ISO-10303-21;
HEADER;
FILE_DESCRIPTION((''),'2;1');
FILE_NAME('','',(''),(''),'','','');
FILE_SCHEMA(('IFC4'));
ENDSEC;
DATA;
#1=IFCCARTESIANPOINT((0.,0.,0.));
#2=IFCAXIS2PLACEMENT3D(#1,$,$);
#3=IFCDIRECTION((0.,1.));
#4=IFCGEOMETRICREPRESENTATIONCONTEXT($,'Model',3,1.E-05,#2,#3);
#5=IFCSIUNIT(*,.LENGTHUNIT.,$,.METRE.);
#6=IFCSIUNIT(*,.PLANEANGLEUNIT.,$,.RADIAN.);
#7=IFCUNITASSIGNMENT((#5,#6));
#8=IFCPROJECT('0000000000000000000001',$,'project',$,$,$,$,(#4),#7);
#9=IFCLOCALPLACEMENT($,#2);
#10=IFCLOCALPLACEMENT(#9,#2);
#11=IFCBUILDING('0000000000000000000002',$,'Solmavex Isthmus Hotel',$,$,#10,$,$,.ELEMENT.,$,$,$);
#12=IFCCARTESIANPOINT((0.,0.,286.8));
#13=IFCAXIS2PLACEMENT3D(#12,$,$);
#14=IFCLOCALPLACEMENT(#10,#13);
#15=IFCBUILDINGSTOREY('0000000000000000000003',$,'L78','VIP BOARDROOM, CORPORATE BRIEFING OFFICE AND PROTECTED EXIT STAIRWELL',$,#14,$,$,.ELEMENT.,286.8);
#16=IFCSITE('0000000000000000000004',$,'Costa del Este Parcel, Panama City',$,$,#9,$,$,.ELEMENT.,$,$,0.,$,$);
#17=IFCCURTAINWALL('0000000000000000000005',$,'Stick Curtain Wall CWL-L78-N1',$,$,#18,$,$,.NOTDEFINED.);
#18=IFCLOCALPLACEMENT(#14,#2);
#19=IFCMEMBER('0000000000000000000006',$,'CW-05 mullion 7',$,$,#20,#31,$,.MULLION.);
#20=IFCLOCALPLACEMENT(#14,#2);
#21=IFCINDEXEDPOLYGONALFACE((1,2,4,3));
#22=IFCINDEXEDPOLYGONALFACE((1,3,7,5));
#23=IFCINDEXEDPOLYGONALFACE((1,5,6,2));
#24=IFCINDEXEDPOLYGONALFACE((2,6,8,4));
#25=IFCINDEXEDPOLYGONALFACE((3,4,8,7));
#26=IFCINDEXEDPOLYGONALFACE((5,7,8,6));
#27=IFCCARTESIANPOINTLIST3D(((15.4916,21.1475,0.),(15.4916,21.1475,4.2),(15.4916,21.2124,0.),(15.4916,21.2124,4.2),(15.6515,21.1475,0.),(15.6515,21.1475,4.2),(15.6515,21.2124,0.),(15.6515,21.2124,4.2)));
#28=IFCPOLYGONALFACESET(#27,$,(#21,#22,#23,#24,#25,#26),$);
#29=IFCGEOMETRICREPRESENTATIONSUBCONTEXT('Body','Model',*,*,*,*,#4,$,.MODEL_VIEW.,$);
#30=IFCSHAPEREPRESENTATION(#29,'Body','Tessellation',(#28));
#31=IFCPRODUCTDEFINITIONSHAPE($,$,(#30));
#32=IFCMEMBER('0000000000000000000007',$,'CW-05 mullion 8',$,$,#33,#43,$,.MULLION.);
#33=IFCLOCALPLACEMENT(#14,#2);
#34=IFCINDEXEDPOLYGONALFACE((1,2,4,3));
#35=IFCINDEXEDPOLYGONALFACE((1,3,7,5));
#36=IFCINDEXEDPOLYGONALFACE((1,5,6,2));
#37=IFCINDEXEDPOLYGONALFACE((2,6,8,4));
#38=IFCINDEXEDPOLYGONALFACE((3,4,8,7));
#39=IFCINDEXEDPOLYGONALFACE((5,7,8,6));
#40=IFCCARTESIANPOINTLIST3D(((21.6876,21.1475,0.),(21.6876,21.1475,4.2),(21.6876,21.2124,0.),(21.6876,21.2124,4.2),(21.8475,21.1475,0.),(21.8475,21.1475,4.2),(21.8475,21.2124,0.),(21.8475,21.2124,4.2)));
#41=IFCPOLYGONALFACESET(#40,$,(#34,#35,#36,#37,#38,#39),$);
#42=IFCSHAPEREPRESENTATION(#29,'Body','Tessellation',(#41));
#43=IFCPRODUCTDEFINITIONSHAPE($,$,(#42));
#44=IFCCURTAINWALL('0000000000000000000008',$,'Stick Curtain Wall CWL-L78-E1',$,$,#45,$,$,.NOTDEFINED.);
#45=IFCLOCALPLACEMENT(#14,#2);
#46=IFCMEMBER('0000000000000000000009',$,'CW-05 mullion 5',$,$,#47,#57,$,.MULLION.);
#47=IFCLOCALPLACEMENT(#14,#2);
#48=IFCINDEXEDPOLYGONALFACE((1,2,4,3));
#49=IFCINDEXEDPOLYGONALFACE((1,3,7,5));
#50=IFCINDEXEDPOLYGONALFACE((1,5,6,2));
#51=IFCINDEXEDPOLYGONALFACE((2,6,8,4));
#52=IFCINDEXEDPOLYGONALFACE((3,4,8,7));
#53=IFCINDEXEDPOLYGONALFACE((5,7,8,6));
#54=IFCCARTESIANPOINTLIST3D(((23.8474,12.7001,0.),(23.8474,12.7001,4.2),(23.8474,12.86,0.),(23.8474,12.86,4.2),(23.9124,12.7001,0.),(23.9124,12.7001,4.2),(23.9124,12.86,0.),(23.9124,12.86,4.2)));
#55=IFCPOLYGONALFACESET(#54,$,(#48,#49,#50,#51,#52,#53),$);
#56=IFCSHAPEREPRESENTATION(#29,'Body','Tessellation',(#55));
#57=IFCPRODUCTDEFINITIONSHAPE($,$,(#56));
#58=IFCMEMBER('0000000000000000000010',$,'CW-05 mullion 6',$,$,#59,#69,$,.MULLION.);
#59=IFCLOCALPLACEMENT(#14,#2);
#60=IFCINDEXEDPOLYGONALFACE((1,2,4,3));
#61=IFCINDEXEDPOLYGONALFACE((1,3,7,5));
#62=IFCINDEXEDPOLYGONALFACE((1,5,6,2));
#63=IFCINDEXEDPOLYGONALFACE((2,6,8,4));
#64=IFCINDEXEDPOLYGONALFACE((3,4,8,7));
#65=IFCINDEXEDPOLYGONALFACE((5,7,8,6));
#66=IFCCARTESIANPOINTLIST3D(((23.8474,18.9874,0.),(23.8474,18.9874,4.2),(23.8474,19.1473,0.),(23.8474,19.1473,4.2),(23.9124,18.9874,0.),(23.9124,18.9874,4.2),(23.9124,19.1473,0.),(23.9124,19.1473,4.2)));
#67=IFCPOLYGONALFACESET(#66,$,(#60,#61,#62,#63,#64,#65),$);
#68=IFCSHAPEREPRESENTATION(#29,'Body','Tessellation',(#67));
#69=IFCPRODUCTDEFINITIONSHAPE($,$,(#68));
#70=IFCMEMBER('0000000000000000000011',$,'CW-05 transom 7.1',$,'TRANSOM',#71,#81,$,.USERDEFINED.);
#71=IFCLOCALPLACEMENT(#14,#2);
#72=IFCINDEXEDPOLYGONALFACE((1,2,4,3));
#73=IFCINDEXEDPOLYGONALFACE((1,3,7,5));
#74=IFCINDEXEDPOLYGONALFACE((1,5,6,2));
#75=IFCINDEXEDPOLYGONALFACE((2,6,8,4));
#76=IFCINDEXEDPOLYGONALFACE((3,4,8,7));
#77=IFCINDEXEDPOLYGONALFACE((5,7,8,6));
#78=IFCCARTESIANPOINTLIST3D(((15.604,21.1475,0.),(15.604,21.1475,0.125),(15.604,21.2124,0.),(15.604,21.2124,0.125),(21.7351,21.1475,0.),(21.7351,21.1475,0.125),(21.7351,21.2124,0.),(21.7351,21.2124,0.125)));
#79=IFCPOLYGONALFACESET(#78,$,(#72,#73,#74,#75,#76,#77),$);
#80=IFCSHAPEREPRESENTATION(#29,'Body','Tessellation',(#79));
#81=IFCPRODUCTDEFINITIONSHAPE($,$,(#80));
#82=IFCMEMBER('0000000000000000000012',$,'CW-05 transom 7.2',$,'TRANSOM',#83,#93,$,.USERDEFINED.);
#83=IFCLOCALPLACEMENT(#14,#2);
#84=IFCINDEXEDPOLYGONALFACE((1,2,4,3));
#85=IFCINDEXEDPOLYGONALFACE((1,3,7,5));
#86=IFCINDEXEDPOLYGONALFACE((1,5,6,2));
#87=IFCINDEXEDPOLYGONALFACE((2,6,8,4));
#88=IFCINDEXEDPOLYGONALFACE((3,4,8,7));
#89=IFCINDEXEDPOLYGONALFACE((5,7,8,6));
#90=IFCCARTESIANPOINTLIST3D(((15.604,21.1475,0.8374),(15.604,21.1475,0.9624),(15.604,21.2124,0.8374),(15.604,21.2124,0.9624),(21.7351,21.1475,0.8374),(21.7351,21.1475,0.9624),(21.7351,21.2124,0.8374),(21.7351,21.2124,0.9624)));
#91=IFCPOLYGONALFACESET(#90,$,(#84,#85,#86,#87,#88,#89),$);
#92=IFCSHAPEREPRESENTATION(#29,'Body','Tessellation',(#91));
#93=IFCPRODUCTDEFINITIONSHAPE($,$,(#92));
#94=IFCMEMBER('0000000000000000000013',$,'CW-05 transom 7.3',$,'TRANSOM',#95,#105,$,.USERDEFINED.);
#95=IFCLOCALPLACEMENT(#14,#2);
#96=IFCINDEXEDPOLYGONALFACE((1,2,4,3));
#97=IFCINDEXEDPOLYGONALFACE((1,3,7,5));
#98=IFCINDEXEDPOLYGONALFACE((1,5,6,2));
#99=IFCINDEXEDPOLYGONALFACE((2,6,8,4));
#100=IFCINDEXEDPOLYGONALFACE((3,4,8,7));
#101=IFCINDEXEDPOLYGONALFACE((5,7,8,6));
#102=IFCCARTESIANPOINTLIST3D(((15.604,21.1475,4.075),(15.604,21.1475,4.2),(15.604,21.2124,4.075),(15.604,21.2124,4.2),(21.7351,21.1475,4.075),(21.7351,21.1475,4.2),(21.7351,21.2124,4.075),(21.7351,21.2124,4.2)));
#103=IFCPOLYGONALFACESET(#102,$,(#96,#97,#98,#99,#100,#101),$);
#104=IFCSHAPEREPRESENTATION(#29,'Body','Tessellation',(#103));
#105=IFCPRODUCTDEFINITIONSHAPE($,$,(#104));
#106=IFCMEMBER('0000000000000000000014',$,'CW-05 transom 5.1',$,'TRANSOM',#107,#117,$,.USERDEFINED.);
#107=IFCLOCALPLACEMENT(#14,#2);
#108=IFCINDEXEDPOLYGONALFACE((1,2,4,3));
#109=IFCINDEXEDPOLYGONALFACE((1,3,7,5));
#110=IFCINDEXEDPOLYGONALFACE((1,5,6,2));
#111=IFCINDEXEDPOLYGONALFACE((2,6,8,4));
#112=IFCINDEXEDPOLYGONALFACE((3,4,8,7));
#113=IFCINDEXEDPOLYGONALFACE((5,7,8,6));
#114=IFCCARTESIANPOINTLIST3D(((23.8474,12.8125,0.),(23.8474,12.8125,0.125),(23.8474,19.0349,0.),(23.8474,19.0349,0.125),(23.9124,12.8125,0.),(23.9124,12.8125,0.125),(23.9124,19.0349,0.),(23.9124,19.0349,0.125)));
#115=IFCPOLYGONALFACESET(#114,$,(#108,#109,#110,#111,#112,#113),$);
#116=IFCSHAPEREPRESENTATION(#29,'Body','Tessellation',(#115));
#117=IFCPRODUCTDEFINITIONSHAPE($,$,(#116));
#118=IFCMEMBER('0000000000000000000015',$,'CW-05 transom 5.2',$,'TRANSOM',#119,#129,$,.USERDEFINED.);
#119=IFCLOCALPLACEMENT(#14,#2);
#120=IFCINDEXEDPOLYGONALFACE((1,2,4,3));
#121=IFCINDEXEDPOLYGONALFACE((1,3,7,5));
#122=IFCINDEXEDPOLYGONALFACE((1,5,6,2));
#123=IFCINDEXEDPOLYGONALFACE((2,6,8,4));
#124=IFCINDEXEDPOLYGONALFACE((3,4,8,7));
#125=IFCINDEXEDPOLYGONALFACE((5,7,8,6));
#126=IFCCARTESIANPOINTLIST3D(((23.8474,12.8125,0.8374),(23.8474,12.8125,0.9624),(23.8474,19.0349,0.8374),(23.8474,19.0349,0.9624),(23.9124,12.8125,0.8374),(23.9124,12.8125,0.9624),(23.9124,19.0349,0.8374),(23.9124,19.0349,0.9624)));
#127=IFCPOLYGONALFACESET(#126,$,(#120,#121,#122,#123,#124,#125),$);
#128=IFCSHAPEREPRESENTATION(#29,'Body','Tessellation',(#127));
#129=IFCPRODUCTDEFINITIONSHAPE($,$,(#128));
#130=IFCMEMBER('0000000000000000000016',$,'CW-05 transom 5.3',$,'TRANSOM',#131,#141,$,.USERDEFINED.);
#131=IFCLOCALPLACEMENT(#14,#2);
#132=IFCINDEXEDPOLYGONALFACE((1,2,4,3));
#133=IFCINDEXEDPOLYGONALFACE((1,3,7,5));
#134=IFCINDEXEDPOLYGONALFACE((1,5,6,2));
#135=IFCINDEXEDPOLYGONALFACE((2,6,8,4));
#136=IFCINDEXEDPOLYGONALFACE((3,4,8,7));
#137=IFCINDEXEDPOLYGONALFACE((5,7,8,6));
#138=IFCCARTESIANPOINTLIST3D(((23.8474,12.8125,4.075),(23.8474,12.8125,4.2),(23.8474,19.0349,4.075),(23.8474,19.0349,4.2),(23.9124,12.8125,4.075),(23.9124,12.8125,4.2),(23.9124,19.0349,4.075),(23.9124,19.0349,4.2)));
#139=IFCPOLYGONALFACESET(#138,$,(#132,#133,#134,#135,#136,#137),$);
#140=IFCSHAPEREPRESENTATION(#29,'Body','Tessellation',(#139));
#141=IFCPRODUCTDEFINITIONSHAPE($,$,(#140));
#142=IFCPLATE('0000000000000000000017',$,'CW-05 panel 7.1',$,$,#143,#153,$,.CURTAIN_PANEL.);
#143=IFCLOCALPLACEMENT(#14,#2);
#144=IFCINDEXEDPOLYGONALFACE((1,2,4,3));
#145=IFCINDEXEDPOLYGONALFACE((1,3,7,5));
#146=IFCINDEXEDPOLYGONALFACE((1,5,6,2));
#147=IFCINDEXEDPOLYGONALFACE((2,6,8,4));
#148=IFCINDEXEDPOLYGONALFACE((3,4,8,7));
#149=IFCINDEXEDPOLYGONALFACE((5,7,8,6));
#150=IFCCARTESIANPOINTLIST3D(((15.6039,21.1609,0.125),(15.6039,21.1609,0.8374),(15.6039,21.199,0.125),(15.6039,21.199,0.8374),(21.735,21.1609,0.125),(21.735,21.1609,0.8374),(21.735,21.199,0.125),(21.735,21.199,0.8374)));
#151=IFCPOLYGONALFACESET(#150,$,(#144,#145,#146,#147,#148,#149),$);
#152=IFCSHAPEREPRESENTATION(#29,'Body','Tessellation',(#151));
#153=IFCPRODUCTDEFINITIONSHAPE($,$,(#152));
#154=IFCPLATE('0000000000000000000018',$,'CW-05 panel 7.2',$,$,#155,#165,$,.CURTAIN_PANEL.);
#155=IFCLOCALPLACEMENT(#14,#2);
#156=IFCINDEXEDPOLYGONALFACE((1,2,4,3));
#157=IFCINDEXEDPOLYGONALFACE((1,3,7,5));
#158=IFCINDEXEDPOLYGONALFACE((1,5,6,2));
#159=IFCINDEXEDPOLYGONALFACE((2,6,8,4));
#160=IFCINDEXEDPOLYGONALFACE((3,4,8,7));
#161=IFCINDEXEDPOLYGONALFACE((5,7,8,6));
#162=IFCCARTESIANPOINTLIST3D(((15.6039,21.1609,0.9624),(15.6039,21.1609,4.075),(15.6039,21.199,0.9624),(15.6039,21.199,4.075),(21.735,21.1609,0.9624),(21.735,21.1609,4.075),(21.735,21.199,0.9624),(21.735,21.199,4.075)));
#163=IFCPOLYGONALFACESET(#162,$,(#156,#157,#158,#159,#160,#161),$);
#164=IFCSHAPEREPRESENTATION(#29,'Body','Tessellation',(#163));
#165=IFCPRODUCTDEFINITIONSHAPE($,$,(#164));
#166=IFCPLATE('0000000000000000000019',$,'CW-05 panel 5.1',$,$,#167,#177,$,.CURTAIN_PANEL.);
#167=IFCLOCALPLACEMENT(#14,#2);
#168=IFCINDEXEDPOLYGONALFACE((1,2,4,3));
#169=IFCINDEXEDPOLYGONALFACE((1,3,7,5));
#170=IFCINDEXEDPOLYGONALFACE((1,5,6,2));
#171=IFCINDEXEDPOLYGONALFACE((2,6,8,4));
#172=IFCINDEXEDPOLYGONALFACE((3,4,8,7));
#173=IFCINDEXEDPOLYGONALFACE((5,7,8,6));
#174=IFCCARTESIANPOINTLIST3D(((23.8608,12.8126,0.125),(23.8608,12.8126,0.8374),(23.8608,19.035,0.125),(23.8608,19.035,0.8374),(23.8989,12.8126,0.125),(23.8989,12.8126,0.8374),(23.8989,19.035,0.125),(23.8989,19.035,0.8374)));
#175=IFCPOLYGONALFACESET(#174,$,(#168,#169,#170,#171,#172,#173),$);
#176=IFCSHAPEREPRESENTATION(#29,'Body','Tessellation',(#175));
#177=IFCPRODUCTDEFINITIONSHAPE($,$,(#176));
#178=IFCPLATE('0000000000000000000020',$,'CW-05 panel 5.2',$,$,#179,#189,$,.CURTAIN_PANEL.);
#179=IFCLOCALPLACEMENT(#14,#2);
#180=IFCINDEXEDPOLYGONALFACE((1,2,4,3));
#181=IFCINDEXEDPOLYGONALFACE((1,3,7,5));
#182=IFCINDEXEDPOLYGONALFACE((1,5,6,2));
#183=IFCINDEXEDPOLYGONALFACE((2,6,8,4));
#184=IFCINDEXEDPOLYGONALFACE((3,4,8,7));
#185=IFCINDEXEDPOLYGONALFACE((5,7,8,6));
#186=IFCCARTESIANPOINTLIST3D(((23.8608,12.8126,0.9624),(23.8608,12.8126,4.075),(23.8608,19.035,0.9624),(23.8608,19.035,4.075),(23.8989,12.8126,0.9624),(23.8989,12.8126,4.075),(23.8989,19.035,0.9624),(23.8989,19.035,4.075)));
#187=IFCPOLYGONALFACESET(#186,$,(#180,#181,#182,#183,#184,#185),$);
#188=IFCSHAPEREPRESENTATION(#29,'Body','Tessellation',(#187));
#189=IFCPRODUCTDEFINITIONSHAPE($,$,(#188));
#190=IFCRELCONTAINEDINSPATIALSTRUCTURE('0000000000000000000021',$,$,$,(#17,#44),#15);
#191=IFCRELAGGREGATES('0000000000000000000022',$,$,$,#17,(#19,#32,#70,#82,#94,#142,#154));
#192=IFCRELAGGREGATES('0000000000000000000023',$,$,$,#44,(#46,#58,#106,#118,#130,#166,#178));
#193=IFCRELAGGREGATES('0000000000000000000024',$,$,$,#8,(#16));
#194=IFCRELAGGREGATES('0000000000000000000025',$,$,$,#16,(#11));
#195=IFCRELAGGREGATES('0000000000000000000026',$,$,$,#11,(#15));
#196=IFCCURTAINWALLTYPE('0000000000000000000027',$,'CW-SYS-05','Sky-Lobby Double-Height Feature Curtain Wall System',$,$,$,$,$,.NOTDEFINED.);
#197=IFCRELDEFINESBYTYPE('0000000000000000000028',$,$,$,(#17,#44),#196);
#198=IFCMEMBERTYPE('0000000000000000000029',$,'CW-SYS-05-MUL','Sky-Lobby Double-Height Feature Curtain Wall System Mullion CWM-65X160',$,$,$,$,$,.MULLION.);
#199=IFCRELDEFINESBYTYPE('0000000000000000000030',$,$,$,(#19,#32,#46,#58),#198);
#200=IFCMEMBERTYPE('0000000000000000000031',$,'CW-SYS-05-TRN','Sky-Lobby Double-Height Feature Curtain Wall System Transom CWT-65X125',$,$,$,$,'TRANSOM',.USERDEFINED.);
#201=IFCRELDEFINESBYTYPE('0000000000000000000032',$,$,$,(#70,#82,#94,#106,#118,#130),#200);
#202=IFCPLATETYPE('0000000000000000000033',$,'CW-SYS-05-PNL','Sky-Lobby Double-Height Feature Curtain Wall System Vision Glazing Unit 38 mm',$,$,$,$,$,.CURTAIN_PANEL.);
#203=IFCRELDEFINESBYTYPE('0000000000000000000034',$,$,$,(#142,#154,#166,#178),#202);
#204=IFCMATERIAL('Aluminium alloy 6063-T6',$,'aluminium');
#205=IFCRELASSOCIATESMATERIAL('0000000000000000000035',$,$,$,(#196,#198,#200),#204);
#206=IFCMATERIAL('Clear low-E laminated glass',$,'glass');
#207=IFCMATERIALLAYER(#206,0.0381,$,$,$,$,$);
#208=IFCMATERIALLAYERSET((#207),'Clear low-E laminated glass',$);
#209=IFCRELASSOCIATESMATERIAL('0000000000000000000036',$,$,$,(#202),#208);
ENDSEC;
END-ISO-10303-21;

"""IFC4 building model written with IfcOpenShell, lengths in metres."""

from ifc_helpers import new_model, si_unit, direction, frame, origin, origin_2d, place, context, subcontext, project, spatial, rectangle, extrude, material, layer, layer_set, material_profile, profile_set, type_object, element, aggregate, save


model = new_model("IFC4")

# Units and contexts
model_context = context("Model", 3, precision=1e-05, world=origin(), true_north=direction((0.0, 1.0)))
body_context = subcontext(model_context, "Body", "Model", "MODEL_VIEW")
ifc_project = project(units=[si_unit("LENGTHUNIT", "METRE"), si_unit("PLANEANGLEUNIT", "RADIAN")], contexts=[model_context])

# Site, building, storey
site_placement = place(None, origin())
site = spatial("IfcSite", under=ifc_project, at=site_placement, Name="Costa del Este Parcel, Panama City", CompositionType="ELEMENT", RefElevation=0.0)
building_placement = place(site_placement, origin())
building = spatial("IfcBuilding", under=site, at=building_placement, Name="Solmavex Isthmus Hotel", CompositionType="ELEMENT")
storey_placement = place(building_placement, frame((0.0, 0.0, 286.8)))
storey = spatial("IfcBuildingStorey", under=building, at=storey_placement, Name="L78", Description="VIP BOARDROOM, CORPORATE BRIEFING OFFICE AND PROTECTED EXIT STAIRWELL", CompositionType="ELEMENT", Elevation=286.8)

# Curtain walls, members
ifc_material_1 = material(Name="Aluminium alloy 6063-T6", Category="aluminium")
curtain_wall_type = type_object("IfcCurtainWallType", Name="CW-SYS-05", Description="Sky-Lobby Double-Height Feature Curtain Wall System", PredefinedType="NOTDEFINED", material=ifc_material_1)
curtain_wall_1_placement = place(storey_placement, origin())
curtain_wall_1 = element("IfcCurtainWall", 1, at=curtain_wall_1_placement, inside=storey, type_object=curtain_wall_type, Name="Stick Curtain Wall CWL-L78-N1", PredefinedType="NOTDEFINED")
ifc_material_profile_1 = material_profile(ifc_material_1, rectangle(XDim=0.0649, YDim=0.1599, at=origin_2d()), Name="CWM-65X160")
ifc_profile_set_1 = profile_set([ifc_material_profile_1], Name="Aluminium alloy 6063-T6")
member_type_1 = type_object("IfcMemberType", Name="CW-SYS-05-MUL", Description="Sky-Lobby Double-Height Feature Curtain Wall System Mullion CWM-65X160", PredefinedType="MULLION", material=ifc_profile_set_1)
member_1_placement = place(storey_placement, frame((15.5715, 21.1799, 0.0), z_axis=(0.0, 0.0, 1.0), x_axis=(0.0, 1.0, 0.0)))
member_1 = element("IfcMember", 2, at=member_1_placement, type_object=member_type_1, Name="CW-05 mullion 7", PredefinedType="MULLION", context=body_context, shape_type="SweptSolid", body=[
    extrude(rectangle(XDim=0.0649, YDim=0.1599, at=origin_2d()), origin(), (0.0, 0.0, 1.0), 4.2),
])
member_2_placement = place(storey_placement, frame((21.7676, 21.1799, 0.0), z_axis=(0.0, 0.0, 1.0), x_axis=(0.0, 1.0, 0.0)))
member_2 = element("IfcMember", 3, at=member_2_placement, type_object=member_type_1, Name="CW-05 mullion 8", PredefinedType="MULLION", context=body_context, shape_type="SweptSolid", body=[
    extrude(rectangle(XDim=0.0649, YDim=0.1599, at=origin_2d()), origin(), (0.0, 0.0, 1.0), 4.2),
])
curtain_wall_2_placement = place(storey_placement, origin())
curtain_wall_2 = element("IfcCurtainWall", 4, at=curtain_wall_2_placement, inside=storey, type_object=curtain_wall_type, Name="Stick Curtain Wall CWL-L78-E1", PredefinedType="NOTDEFINED")
member_3_placement = place(storey_placement, frame((23.8799, 12.78, 0.0), z_axis=(0.0, 0.0, 1.0), x_axis=(-1.0, 0.0, 0.0)))
member_3 = element("IfcMember", 5, at=member_3_placement, type_object=member_type_1, Name="CW-05 mullion 5", PredefinedType="MULLION", context=body_context, shape_type="SweptSolid", body=[
    extrude(rectangle(XDim=0.0649, YDim=0.1599, at=origin_2d()), origin(), (0.0, 0.0, 1.0), 4.2),
])
member_4_placement = place(storey_placement, frame((23.8799, 19.0674, 0.0), z_axis=(0.0, 0.0, 1.0), x_axis=(-1.0, 0.0, 0.0)))
member_4 = element("IfcMember", 6, at=member_4_placement, type_object=member_type_1, Name="CW-05 mullion 6", PredefinedType="MULLION", context=body_context, shape_type="SweptSolid", body=[
    extrude(rectangle(XDim=0.0649, YDim=0.1599, at=origin_2d()), origin(), (0.0, 0.0, 1.0), 4.2),
])

# Members
ifc_material_profile_2 = material_profile(ifc_material_1, rectangle(XDim=0.0649, YDim=0.125, at=origin_2d()), Name="CWT-65X125")
ifc_profile_set_2 = profile_set([ifc_material_profile_2], Name="Aluminium alloy 6063-T6")
member_type_2 = type_object("IfcMemberType", Name="CW-SYS-05-TRN", Description="Sky-Lobby Double-Height Feature Curtain Wall System Transom CWT-65X125", ElementType="TRANSOM", PredefinedType="USERDEFINED", material=ifc_profile_set_2)
member_5_placement = place(storey_placement, frame((15.604, 21.1799, 0.0625), z_axis=(1.0, 0.0, 0.0), x_axis=(0.0, 1.0, 0.0)))
member_5 = element("IfcMember", 7, at=member_5_placement, type_object=member_type_2, Name="CW-05 transom 7.1", ObjectType="TRANSOM", PredefinedType="USERDEFINED", context=body_context, shape_type="SweptSolid", body=[
    extrude(rectangle(XDim=0.0649, YDim=0.125, at=origin_2d()), origin(), (0.0, 0.0, 1.0), 6.1311),
])
member_6_placement = place(storey_placement, frame((15.604, 21.1799, 0.8999), z_axis=(1.0, 0.0, 0.0), x_axis=(0.0, 1.0, 0.0)))
member_6 = element("IfcMember", 8, at=member_6_placement, type_object=member_type_2, Name="CW-05 transom 7.2", ObjectType="TRANSOM", PredefinedType="USERDEFINED", context=body_context, shape_type="SweptSolid", body=[
    extrude(rectangle(XDim=0.0649, YDim=0.125, at=origin_2d()), origin(), (0.0, 0.0, 1.0), 6.1311),
])
member_7_placement = place(storey_placement, frame((15.604, 21.1799, 4.1375), z_axis=(1.0, 0.0, 0.0), x_axis=(0.0, 1.0, 0.0)))
member_7 = element("IfcMember", 9, at=member_7_placement, type_object=member_type_2, Name="CW-05 transom 7.3", ObjectType="TRANSOM", PredefinedType="USERDEFINED", context=body_context, shape_type="SweptSolid", body=[
    extrude(rectangle(XDim=0.0649, YDim=0.125, at=origin_2d()), origin(), (0.0, 0.0, 1.0), 6.1311),
])
member_8_placement = place(storey_placement, frame((23.8799, 12.8125, 0.0625), z_axis=(0.0, 1.0, 0.0), x_axis=(-1.0, 0.0, 0.0)))
member_8 = element("IfcMember", 10, at=member_8_placement, type_object=member_type_2, Name="CW-05 transom 5.1", ObjectType="TRANSOM", PredefinedType="USERDEFINED", context=body_context, shape_type="SweptSolid", body=[
    extrude(rectangle(XDim=0.0649, YDim=0.125, at=origin_2d()), origin(), (0.0, 0.0, 1.0), 6.2224),
])
member_9_placement = place(storey_placement, frame((23.8799, 12.8125, 0.8999), z_axis=(0.0, 1.0, 0.0), x_axis=(-1.0, 0.0, 0.0)))
member_9 = element("IfcMember", 11, at=member_9_placement, type_object=member_type_2, Name="CW-05 transom 5.2", ObjectType="TRANSOM", PredefinedType="USERDEFINED", context=body_context, shape_type="SweptSolid", body=[
    extrude(rectangle(XDim=0.0649, YDim=0.125, at=origin_2d()), origin(), (0.0, 0.0, 1.0), 6.2224),
])
member_10_placement = place(storey_placement, frame((23.8799, 12.8125, 4.1375), z_axis=(0.0, 1.0, 0.0), x_axis=(-1.0, 0.0, 0.0)))
member_10 = element("IfcMember", 12, at=member_10_placement, type_object=member_type_2, Name="CW-05 transom 5.3", ObjectType="TRANSOM", PredefinedType="USERDEFINED", context=body_context, shape_type="SweptSolid", body=[
    extrude(rectangle(XDim=0.0649, YDim=0.125, at=origin_2d()), origin(), (0.0, 0.0, 1.0), 6.2224),
])

# Plates
ifc_material_2 = material(Name="Clear low-E laminated glass", Category="glass")
ifc_layer_1 = layer(ifc_material_2, 0.0381)
ifc_layer_set_1 = layer_set([ifc_layer_1], Name="Clear low-E laminated glass")
plate_type = type_object("IfcPlateType", Name="CW-SYS-05-PNL", Description="Sky-Lobby Double-Height Feature Curtain Wall System Vision Glazing Unit 38 mm", PredefinedType="CURTAIN_PANEL", material=ifc_layer_set_1)
plate_1_placement = place(storey_placement, frame((18.6694, 21.1799, 0.125), z_axis=(0.0, 0.0, 1.0), x_axis=(1.0, 0.0, 0.0)))
plate_1 = element("IfcPlate", 13, at=plate_1_placement, type_object=plate_type, Name="CW-05 panel 7.1", PredefinedType="CURTAIN_PANEL", context=body_context, shape_type="SweptSolid", body=[
    extrude(rectangle(XDim=6.1311, YDim=0.0381, at=origin_2d()), origin(), (0.0, 0.0, 1.0), 0.7124),
])
plate_2_placement = place(storey_placement, frame((18.6694, 21.1799, 0.9624), z_axis=(0.0, 0.0, 1.0), x_axis=(1.0, 0.0, 0.0)))
plate_2 = element("IfcPlate", 14, at=plate_2_placement, type_object=plate_type, Name="CW-05 panel 7.2", PredefinedType="CURTAIN_PANEL", context=body_context, shape_type="SweptSolid", body=[
    extrude(rectangle(XDim=6.1311, YDim=0.0381, at=origin_2d()), origin(), (0.0, 0.0, 1.0), 3.1125),
])
aggregate(curtain_wall_1, [member_1, member_2, member_5, member_6, member_7, plate_1, plate_2])
plate_3_placement = place(storey_placement, frame((23.8799, 15.9238, 0.125), z_axis=(0.0, 0.0, 1.0), x_axis=(0.0, 1.0, 0.0)))
plate_3 = element("IfcPlate", 15, at=plate_3_placement, type_object=plate_type, Name="CW-05 panel 5.1", PredefinedType="CURTAIN_PANEL", context=body_context, shape_type="SweptSolid", body=[
    extrude(rectangle(XDim=6.2224, YDim=0.0381, at=origin_2d()), origin(), (0.0, 0.0, 1.0), 0.7124),
])
plate_4_placement = place(storey_placement, frame((23.8799, 15.9238, 0.9624), z_axis=(0.0, 0.0, 1.0), x_axis=(0.0, 1.0, 0.0)))
plate_4 = element("IfcPlate", 16, at=plate_4_placement, type_object=plate_type, Name="CW-05 panel 5.2", PredefinedType="CURTAIN_PANEL", context=body_context, shape_type="SweptSolid", body=[
    extrude(rectangle(XDim=6.2224, YDim=0.0381, at=origin_2d()), origin(), (0.0, 0.0, 1.0), 3.1125),
])
aggregate(curtain_wall_2, [member_3, member_4, member_8, member_9, member_10, plate_3, plate_4])

save(model, "model.ifc")
